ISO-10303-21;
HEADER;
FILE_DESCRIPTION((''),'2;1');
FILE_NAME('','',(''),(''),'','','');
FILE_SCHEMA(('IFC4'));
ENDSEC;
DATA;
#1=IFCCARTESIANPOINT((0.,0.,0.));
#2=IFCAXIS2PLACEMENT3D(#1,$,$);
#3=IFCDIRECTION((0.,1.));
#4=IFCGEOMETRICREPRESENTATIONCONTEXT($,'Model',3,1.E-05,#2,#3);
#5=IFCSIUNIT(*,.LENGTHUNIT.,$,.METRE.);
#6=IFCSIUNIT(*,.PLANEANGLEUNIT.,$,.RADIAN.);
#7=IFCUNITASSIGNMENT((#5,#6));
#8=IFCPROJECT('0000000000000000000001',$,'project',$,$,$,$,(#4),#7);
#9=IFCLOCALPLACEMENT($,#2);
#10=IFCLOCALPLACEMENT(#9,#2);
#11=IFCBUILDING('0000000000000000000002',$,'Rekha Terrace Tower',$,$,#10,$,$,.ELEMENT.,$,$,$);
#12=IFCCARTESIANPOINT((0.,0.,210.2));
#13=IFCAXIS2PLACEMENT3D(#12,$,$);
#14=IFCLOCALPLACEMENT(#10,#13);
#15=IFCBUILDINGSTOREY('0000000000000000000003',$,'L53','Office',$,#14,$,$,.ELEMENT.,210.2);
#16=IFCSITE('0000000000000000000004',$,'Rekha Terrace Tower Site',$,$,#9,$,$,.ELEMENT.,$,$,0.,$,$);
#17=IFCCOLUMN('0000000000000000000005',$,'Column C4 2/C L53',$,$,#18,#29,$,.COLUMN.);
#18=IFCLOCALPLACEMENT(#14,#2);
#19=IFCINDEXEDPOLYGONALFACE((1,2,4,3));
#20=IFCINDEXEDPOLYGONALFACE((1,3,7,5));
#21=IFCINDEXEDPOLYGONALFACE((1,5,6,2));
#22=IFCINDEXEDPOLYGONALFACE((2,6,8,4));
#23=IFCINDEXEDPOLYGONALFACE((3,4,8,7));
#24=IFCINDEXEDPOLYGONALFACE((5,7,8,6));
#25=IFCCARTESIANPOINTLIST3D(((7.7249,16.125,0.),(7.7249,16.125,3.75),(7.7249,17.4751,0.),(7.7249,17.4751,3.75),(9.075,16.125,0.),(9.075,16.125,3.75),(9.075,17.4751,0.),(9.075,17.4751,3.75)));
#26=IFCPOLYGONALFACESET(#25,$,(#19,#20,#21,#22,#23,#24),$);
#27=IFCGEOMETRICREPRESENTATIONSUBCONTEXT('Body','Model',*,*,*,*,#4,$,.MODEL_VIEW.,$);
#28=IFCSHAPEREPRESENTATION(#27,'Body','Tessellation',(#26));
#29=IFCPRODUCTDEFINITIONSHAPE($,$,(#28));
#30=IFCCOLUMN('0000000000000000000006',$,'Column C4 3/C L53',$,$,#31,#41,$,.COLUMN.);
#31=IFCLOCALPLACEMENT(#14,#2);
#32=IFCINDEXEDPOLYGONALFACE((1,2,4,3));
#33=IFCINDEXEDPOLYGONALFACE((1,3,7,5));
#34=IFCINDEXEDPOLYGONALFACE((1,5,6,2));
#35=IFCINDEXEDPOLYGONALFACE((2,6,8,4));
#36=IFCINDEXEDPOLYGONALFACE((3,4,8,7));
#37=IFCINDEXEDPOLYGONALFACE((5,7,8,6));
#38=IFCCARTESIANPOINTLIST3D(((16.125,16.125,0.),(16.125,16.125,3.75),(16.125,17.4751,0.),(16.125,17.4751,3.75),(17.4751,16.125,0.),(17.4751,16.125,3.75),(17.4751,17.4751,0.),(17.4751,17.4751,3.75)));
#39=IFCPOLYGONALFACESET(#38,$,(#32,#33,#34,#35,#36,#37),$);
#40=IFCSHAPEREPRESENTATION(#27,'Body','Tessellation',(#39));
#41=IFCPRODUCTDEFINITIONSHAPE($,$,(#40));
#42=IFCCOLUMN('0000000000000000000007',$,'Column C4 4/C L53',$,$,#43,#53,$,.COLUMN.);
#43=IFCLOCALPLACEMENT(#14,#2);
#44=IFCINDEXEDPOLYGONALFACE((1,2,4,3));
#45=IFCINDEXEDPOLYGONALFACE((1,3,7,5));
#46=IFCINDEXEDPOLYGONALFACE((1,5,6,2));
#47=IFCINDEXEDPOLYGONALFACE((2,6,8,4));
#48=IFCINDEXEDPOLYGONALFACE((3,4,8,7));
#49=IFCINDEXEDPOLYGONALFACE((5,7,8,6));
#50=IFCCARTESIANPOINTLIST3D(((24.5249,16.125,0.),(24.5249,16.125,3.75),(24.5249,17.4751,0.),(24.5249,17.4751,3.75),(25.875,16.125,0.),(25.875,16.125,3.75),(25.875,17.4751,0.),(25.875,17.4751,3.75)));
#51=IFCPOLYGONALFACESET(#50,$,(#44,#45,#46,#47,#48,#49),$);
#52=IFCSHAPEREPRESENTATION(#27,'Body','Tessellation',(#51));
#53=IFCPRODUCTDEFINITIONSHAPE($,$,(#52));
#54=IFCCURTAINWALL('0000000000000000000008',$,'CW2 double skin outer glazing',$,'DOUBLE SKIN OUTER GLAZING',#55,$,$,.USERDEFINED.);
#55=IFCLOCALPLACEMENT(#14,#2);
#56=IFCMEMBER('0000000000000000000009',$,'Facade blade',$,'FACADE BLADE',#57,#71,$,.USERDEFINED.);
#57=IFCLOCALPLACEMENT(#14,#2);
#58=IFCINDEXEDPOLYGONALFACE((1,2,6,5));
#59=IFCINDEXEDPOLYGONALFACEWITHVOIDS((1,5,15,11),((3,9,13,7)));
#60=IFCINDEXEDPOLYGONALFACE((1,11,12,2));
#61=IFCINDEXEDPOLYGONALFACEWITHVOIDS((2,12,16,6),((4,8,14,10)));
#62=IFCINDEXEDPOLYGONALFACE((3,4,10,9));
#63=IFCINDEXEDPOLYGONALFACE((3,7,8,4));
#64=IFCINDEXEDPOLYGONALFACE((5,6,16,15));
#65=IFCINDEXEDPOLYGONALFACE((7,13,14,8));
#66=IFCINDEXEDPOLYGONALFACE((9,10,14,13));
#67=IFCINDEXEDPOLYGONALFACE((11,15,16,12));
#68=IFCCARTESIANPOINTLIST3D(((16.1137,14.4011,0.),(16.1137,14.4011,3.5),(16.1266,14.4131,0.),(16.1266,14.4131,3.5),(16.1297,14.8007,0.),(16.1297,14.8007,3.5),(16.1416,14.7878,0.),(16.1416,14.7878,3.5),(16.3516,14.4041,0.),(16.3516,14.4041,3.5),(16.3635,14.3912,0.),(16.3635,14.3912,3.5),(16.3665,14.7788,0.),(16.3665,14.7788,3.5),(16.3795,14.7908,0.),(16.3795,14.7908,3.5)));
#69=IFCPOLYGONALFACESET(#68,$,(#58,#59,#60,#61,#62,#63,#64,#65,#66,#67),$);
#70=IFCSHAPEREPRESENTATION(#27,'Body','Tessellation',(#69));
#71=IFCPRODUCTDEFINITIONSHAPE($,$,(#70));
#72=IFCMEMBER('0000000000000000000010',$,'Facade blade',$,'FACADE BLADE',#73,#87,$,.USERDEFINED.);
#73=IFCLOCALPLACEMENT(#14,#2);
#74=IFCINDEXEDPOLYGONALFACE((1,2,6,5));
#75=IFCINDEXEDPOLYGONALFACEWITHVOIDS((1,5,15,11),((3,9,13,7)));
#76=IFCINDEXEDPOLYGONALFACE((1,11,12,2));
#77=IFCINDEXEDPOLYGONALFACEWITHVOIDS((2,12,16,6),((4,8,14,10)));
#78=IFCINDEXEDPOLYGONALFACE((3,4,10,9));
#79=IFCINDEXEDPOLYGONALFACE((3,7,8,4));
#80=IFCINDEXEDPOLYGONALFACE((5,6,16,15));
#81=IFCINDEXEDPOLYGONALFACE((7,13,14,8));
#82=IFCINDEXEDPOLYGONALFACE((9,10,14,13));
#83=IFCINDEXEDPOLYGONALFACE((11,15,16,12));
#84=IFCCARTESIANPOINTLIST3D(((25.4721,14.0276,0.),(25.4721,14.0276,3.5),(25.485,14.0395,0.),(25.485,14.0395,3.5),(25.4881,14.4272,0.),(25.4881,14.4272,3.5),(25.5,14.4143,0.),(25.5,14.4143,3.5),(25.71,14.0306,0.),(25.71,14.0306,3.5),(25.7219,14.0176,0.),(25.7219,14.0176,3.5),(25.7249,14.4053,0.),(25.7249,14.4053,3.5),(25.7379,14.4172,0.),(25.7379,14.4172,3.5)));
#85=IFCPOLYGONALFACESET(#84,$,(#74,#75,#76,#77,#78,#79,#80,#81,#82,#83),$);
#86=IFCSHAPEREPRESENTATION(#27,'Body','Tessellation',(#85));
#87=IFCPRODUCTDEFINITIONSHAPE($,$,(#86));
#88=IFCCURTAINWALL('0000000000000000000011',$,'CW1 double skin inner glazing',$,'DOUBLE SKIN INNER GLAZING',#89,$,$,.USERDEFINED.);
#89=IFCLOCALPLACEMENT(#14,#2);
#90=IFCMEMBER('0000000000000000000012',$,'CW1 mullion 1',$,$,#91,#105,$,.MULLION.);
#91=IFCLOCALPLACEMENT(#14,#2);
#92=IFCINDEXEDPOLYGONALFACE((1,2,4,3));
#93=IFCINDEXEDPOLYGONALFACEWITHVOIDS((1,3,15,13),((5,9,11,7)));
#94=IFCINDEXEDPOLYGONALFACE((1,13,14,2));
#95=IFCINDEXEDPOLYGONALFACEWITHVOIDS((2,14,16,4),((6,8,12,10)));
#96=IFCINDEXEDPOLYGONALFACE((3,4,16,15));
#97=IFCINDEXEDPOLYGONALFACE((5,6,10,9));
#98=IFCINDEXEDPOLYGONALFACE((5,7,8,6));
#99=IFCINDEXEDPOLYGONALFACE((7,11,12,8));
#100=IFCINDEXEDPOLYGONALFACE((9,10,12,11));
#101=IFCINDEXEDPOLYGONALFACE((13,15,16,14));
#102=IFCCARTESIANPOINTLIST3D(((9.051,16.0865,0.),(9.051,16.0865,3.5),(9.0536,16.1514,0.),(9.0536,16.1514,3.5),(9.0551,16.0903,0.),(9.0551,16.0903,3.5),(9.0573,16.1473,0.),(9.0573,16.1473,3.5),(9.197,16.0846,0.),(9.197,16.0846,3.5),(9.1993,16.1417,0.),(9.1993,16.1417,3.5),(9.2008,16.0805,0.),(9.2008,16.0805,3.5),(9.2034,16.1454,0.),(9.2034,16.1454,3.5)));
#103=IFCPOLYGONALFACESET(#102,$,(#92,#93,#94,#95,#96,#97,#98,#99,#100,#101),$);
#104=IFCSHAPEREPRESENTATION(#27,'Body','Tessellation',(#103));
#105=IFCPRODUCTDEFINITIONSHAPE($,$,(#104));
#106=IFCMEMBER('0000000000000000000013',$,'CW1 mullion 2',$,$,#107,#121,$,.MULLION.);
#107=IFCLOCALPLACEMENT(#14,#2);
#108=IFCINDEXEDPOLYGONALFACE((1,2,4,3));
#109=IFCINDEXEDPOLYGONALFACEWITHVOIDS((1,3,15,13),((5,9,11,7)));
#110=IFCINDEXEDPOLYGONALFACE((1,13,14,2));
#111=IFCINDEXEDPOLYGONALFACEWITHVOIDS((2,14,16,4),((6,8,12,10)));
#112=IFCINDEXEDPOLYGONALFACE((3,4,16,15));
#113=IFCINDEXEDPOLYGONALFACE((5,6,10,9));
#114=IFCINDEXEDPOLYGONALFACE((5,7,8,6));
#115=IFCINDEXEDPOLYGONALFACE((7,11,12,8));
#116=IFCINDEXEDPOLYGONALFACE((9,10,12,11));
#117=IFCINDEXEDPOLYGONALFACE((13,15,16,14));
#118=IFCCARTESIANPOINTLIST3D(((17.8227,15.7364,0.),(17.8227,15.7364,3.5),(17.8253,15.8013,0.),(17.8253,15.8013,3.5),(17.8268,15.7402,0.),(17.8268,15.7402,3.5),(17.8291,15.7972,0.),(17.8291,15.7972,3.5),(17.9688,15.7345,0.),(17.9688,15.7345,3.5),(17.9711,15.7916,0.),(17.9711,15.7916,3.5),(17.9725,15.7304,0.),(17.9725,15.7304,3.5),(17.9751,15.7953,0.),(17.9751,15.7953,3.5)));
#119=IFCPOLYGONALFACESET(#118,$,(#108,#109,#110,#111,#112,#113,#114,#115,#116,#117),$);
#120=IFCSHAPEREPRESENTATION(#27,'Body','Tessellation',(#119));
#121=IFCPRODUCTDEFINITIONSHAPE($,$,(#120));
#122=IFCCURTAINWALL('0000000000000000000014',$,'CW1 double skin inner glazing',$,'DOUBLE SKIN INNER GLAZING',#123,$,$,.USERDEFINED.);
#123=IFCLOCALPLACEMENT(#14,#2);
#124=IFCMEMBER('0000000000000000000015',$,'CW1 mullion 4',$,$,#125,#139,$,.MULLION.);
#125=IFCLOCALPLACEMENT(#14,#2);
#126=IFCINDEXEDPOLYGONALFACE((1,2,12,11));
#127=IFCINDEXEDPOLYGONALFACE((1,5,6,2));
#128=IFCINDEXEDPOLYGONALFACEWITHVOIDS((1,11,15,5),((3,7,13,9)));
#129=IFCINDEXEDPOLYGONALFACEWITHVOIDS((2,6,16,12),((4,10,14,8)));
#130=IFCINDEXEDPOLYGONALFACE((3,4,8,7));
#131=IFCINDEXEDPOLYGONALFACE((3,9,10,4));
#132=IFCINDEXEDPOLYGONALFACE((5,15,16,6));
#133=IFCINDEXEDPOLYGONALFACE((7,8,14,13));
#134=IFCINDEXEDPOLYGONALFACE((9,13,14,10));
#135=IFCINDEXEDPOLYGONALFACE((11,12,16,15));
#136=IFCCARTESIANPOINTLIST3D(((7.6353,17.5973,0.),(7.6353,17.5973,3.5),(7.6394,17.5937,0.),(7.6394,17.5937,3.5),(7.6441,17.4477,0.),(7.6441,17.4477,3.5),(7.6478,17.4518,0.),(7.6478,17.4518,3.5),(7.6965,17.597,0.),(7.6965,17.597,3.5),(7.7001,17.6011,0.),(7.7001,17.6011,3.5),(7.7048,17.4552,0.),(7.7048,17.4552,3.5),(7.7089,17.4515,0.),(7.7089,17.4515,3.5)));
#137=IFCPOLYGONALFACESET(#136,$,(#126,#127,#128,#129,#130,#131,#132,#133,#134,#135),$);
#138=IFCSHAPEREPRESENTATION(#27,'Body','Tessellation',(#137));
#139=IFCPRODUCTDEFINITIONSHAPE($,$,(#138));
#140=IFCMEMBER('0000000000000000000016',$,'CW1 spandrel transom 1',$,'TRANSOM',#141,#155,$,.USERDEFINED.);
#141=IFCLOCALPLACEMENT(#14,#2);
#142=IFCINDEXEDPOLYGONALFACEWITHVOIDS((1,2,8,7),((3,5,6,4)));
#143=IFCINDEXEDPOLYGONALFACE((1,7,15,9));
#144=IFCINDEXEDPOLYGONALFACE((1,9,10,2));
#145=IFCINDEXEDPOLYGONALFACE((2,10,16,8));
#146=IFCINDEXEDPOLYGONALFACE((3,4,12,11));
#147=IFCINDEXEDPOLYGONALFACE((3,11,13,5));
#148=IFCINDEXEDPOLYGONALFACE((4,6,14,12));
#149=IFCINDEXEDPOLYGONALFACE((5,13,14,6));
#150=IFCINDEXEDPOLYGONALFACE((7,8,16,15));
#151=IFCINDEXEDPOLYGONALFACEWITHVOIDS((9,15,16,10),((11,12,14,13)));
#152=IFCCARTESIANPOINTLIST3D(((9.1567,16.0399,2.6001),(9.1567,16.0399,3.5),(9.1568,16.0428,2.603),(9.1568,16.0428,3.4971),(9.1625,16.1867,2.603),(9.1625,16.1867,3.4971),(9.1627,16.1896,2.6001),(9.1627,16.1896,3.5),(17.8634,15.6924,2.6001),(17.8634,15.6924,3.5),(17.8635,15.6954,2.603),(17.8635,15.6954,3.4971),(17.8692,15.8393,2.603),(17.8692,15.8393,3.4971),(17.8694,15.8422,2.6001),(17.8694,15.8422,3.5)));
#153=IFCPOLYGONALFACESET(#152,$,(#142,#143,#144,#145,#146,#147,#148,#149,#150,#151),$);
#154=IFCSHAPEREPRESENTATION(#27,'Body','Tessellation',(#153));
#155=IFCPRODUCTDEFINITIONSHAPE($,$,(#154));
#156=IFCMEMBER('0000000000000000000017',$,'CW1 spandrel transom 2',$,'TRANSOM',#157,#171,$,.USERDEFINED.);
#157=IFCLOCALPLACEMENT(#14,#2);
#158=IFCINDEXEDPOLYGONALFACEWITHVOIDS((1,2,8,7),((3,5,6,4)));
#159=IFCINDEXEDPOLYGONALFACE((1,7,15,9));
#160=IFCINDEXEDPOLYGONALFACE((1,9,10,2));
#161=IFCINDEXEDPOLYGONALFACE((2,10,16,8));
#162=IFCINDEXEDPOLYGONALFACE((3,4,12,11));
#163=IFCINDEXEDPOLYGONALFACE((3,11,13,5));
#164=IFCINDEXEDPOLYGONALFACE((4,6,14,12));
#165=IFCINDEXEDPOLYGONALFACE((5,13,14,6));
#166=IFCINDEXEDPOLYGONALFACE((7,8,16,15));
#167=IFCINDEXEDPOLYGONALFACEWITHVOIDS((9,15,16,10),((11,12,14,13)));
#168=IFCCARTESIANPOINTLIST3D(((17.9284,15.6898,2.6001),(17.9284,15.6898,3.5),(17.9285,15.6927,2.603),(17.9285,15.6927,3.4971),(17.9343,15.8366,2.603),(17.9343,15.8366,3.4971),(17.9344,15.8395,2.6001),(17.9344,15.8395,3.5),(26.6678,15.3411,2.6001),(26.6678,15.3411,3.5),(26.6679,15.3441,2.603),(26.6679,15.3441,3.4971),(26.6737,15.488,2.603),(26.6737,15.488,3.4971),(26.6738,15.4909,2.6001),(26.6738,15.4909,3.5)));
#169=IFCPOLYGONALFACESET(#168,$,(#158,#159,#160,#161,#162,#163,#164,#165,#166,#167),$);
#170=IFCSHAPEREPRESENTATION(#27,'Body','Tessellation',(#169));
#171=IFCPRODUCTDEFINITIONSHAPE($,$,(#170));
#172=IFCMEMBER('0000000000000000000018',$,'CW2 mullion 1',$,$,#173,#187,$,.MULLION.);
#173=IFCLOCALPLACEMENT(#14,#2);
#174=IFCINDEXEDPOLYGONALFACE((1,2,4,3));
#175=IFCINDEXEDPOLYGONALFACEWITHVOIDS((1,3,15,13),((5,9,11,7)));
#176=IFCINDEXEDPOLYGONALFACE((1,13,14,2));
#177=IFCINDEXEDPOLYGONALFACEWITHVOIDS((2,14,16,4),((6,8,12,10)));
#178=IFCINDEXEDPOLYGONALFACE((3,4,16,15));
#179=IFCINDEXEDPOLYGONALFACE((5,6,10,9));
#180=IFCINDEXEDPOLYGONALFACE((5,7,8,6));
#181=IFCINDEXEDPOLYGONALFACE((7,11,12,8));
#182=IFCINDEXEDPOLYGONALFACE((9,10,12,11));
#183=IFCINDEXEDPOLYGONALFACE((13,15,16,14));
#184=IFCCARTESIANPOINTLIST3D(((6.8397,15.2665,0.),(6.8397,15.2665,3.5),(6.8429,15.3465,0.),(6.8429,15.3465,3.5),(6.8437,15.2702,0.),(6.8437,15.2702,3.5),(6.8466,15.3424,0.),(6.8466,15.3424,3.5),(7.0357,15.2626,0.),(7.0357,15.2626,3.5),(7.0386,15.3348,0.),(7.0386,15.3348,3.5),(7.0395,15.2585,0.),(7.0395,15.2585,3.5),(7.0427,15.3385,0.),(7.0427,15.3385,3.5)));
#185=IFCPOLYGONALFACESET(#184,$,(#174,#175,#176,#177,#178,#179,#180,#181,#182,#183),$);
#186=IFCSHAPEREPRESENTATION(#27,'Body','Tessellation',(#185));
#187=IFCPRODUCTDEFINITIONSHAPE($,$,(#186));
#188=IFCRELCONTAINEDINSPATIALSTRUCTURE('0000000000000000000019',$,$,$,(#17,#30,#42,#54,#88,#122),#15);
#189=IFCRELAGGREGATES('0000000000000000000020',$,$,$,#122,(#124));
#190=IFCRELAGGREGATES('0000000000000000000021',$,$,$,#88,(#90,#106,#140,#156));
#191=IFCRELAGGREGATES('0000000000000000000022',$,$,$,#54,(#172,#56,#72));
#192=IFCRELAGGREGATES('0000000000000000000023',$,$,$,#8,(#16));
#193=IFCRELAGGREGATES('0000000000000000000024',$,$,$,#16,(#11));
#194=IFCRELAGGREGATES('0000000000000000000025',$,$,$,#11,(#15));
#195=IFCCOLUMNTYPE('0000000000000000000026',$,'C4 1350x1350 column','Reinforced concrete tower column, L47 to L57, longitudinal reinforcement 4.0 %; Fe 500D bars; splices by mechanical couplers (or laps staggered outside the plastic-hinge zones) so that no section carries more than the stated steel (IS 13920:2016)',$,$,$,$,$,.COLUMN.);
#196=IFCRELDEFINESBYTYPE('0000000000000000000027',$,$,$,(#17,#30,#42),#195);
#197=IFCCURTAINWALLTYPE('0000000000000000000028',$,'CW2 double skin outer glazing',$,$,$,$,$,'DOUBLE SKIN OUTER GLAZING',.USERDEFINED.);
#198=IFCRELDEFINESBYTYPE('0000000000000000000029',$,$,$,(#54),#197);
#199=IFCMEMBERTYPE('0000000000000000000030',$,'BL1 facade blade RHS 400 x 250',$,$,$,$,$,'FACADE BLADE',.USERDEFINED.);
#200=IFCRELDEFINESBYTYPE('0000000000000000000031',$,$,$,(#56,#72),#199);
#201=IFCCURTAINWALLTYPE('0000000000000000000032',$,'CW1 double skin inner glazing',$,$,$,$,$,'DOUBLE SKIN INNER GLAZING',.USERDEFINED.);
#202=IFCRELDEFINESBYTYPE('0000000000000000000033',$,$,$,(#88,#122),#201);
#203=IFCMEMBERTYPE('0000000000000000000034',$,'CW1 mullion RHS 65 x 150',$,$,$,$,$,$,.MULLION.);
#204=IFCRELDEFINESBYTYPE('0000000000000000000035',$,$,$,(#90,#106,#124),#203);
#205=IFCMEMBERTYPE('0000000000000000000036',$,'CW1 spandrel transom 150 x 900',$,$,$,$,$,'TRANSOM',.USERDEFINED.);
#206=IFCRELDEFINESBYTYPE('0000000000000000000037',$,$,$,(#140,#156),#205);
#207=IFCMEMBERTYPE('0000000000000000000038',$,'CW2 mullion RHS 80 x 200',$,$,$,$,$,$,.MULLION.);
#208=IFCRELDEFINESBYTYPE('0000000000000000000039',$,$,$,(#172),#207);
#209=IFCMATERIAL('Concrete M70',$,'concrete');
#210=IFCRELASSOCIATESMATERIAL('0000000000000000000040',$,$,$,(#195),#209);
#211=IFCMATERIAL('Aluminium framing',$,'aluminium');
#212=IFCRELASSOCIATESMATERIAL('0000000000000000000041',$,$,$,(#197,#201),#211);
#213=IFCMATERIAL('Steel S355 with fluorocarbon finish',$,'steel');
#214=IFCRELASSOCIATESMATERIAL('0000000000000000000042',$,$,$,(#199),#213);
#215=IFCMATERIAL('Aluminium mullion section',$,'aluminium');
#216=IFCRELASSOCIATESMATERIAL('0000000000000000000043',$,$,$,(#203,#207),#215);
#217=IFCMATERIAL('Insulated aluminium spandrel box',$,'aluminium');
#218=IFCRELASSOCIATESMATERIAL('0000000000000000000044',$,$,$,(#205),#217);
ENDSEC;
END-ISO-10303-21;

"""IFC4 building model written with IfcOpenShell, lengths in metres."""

from ifc_helpers import new_model, si_unit, direction, frame, origin, origin_2d, place, context, subcontext, project, spatial, rectangle, hollow_rectangle, extrude, material, material_profile, profile_set, type_object, element, aggregate, save


model = new_model("IFC4")

# Units and contexts
model_context = context("Model", 3, precision=1e-05, world=origin(), true_north=direction((0.0, 1.0)))
body_context = subcontext(model_context, "Body", "Model", "MODEL_VIEW")
ifc_project = project(units=[si_unit("LENGTHUNIT", "METRE"), si_unit("PLANEANGLEUNIT", "RADIAN")], contexts=[model_context])

# Site, building, storey
site_placement = place(None, origin())
site = spatial("IfcSite", under=ifc_project, at=site_placement, Name="Rekha Terrace Tower Site", CompositionType="ELEMENT", RefElevation=0.0)
building_placement = place(site_placement, origin())
building = spatial("IfcBuilding", under=site, at=building_placement, Name="Rekha Terrace Tower", CompositionType="ELEMENT")
storey_placement = place(building_placement, frame((0.0, 0.0, 210.2)))
storey = spatial("IfcBuildingStorey", under=building, at=storey_placement, Name="L53", Description="Office", CompositionType="ELEMENT", Elevation=210.2)

# Columns
ifc_material_1 = material(Name="Concrete M70", Category="concrete")
ifc_material_profile_1 = material_profile(ifc_material_1, rectangle(XDim=1.3501, YDim=1.3501, at=origin_2d()), Name="RC 1350x1350")
ifc_profile_set_1 = profile_set([ifc_material_profile_1], Name="Concrete M70")
column_type = type_object("IfcColumnType", Name="C4 1350x1350 column", Description="Reinforced concrete tower column, L47 to L57, longitudinal reinforcement 4.0 %; Fe 500D bars; splices by mechanical couplers (or laps staggered outside the plastic-hinge zones) so that no section carries more than the stated steel (IS 13920:2016)", PredefinedType="COLUMN", material=ifc_profile_set_1)
for number, where, z_axis, x_axis, name in (
    (1, (8.3999, 16.8, 0.0), (0.0, 0.0, 1.0), (1.0, 0.0, 0.0), "Column C4 2/C L53"),
    (2, (16.8, 16.8, 0.0), (0.0, 0.0, 1.0), (1.0, 0.0, 0.0), "Column C4 3/C L53"),
    (3, (25.2, 16.8, 0.0), (0.0, 0.0, 1.0), (1.0, 0.0, 0.0), "Column C4 4/C L53"),
):
    element("IfcColumn", number, at=place(storey_placement, frame(where, z_axis=z_axis, x_axis=x_axis)), inside=storey, type_object=column_type, Name=name, PredefinedType="COLUMN", context=body_context, shape_type="SweptSolid", body=[
        extrude(rectangle(XDim=1.3501, YDim=1.3501, at=origin_2d()), origin(), (0.0, 0.0, 1.0), 3.75),
    ])

# Curtain walls, members
ifc_material_2 = material(Name="Aluminium framing", Category="aluminium")
curtain_wall_type_1 = type_object("IfcCurtainWallType", Name="CW2 double skin outer glazing", ElementType="DOUBLE SKIN OUTER GLAZING", PredefinedType="USERDEFINED", material=ifc_material_2)
curtain_wall_1_placement = place(storey_placement, origin())
curtain_wall_1 = element("IfcCurtainWall", 4, at=curtain_wall_1_placement, inside=storey, type_object=curtain_wall_type_1, Name="CW2 double skin outer glazing", ObjectType="DOUBLE SKIN OUTER GLAZING", PredefinedType="USERDEFINED")
ifc_material_3 = material(Name="Steel S355 with fluorocarbon finish", Category="steel")
ifc_material_profile_2 = material_profile(ifc_material_3, hollow_rectangle(XDim=0.25, YDim=0.3999, WallThickness=0.0125, at=origin_2d()), Name="RHS400x250x12.5")
ifc_profile_set_2 = profile_set([ifc_material_profile_2], Name="Steel S355 with fluorocarbon finish")
member_type_1 = type_object("IfcMemberType", Name="BL1 facade blade RHS 400 x 250", ElementType="FACADE BLADE", PredefinedType="USERDEFINED", material=ifc_profile_set_2)
member_1_placement = place(storey_placement, frame((16.2466, 14.5959, 0.0), z_axis=(0.0, 0.0, 1.0), x_axis=(0.999205, -0.039872, 0.0)))
member_1 = element("IfcMember", 5, at=member_1_placement, type_object=member_type_1, Name="Facade blade", ObjectType="FACADE BLADE", PredefinedType="USERDEFINED", context=body_context, shape_type="SweptSolid", body=[
    extrude(hollow_rectangle(XDim=0.25, YDim=0.3999, WallThickness=0.0125, at=origin_2d()), origin(), (0.0, 0.0, 1.0), 3.5),
])
member_2_placement = place(storey_placement, frame((25.605, 14.2224, 0.0), z_axis=(0.0, 0.0, 1.0), x_axis=(0.999205, -0.039872, 0.0)))
member_2 = element("IfcMember", 6, at=member_2_placement, type_object=member_type_1, Name="Facade blade", ObjectType="FACADE BLADE", PredefinedType="USERDEFINED", context=body_context, shape_type="SweptSolid", body=[
    extrude(hollow_rectangle(XDim=0.25, YDim=0.3999, WallThickness=0.0125, at=origin_2d()), origin(), (0.0, 0.0, 1.0), 3.5),
])
curtain_wall_type_2 = type_object("IfcCurtainWallType", Name="CW1 double skin inner glazing", ElementType="DOUBLE SKIN INNER GLAZING", PredefinedType="USERDEFINED", material=ifc_material_2)
curtain_wall_2_placement = place(storey_placement, origin())
curtain_wall_2 = element("IfcCurtainWall", 7, at=curtain_wall_2_placement, inside=storey, type_object=curtain_wall_type_2, Name="CW1 double skin inner glazing", ObjectType="DOUBLE SKIN INNER GLAZING", PredefinedType="USERDEFINED")
ifc_material_4 = material(Name="Aluminium mullion section", Category="aluminium")
ifc_material_profile_3 = material_profile(ifc_material_4, hollow_rectangle(XDim=0.0649, YDim=0.1499, WallThickness=0.0039, at=origin_2d()), Name="AL RHS 65x150")
ifc_profile_set_3 = profile_set([ifc_material_profile_3], Name="Aluminium mullion section")
member_type_2 = type_object("IfcMemberType", Name="CW1 mullion RHS 65 x 150", PredefinedType="MULLION", material=ifc_profile_set_3)
member_3_placement = place(storey_placement, frame((9.1272, 16.116, 0.0), z_axis=(0.0, 0.0, 1.0), x_axis=(0.039872, 0.999205, 0.0)))
member_3 = element("IfcMember", 8, at=member_3_placement, type_object=member_type_2, Name="CW1 mullion 1", PredefinedType="MULLION", context=body_context, shape_type="SweptSolid", body=[
    extrude(hollow_rectangle(XDim=0.0649, YDim=0.1499, WallThickness=0.0039, at=origin_2d()), origin(), (0.0, 0.0, 1.0), 3.5),
])
member_4_placement = place(storey_placement, frame((17.8989, 15.7659, 0.0), z_axis=(0.0, 0.0, 1.0), x_axis=(0.039872, 0.999205, 0.0)))
member_4 = element("IfcMember", 9, at=member_4_placement, type_object=member_type_2, Name="CW1 mullion 2", PredefinedType="MULLION", context=body_context, shape_type="SweptSolid", body=[
    extrude(hollow_rectangle(XDim=0.0649, YDim=0.1499, WallThickness=0.0039, at=origin_2d()), origin(), (0.0, 0.0, 1.0), 3.5),
])

# Curtain wall, member
curtain_wall_3_placement = place(storey_placement, origin())
curtain_wall_3 = element("IfcCurtainWall", 10, at=curtain_wall_3_placement, inside=storey, type_object=curtain_wall_type_2, Name="CW1 double skin inner glazing", ObjectType="DOUBLE SKIN INNER GLAZING", PredefinedType="USERDEFINED")
member_5_placement = place(storey_placement, frame((7.6721, 17.5244, 0.0), z_axis=(0.0, 0.0, 1.0), x_axis=(0.998272, 0.058765, 0.0)))
member_5 = element("IfcMember", 11, at=member_5_placement, type_object=member_type_2, Name="CW1 mullion 4", PredefinedType="MULLION", context=body_context, shape_type="SweptSolid", body=[
    extrude(hollow_rectangle(XDim=0.0649, YDim=0.1499, WallThickness=0.0039, at=origin_2d()), origin(), (0.0, 0.0, 1.0), 3.5),
])
aggregate(curtain_wall_3, [member_5])

# Members
ifc_material_5 = material(Name="Insulated aluminium spandrel box", Category="aluminium")
ifc_material_profile_4 = material_profile(ifc_material_5, hollow_rectangle(XDim=0.1499, YDim=0.8999, WallThickness=0.0029, at=origin_2d()), Name="AL SPANDREL BOX 150x900")
ifc_profile_set_4 = profile_set([ifc_material_profile_4], Name="Insulated aluminium spandrel box")
member_type_3 = type_object("IfcMemberType", Name="CW1 spandrel transom 150 x 900", ElementType="TRANSOM", PredefinedType="USERDEFINED", material=ifc_profile_set_4)
member_6_placement = place(storey_placement, frame((9.1597, 16.1147, 3.05), z_axis=(0.999205, -0.03987, 0.0), x_axis=(0.03987, 0.999205, 0.0)))
member_6 = element("IfcMember", 12, at=member_6_placement, type_object=member_type_3, Name="CW1 spandrel transom 1", ObjectType="TRANSOM", PredefinedType="USERDEFINED", context=body_context, shape_type="SweptSolid", body=[
    extrude(hollow_rectangle(XDim=0.1499, YDim=0.8999, WallThickness=0.0029, at=origin_2d()), origin(), (0.0, 0.0, 1.0), 8.7136),
])
member_7_placement = place(storey_placement, frame((17.9314, 15.7646, 3.05), z_axis=(0.999205, -0.03986, 0.0), x_axis=(0.03986, 0.999205, 0.0)))
member_7 = element("IfcMember", 13, at=member_7_placement, type_object=member_type_3, Name="CW1 spandrel transom 2", ObjectType="TRANSOM", PredefinedType="USERDEFINED", context=body_context, shape_type="SweptSolid", body=[
    extrude(hollow_rectangle(XDim=0.1499, YDim=0.8999, WallThickness=0.0029, at=origin_2d()), origin(), (0.0, 0.0, 1.0), 8.7463),
])
ifc_material_profile_5 = material_profile(ifc_material_4, hollow_rectangle(XDim=0.0801, YDim=0.2, WallThickness=0.0039, at=origin_2d()), Name="AL RHS 80x200")
ifc_profile_set_5 = profile_set([ifc_material_profile_5], Name="Aluminium mullion section")
member_type_4 = type_object("IfcMemberType", Name="CW2 mullion RHS 80 x 200", PredefinedType="MULLION", material=ifc_profile_set_5)
member_8_placement = place(storey_placement, frame((6.9412, 15.3025, 0.0), z_axis=(0.0, 0.0, 1.0), x_axis=(0.039872, 0.999205, 0.0)))
member_8 = element("IfcMember", 14, at=member_8_placement, type_object=member_type_4, Name="CW2 mullion 1", PredefinedType="MULLION", context=body_context, shape_type="SweptSolid", body=[
    extrude(hollow_rectangle(XDim=0.0801, YDim=0.2, WallThickness=0.0039, at=origin_2d()), origin(), (0.0, 0.0, 1.0), 3.5),
])

aggregate(curtain_wall_2, [member_3, member_4, member_6, member_7])
aggregate(curtain_wall_1, [member_8, member_1, member_2])

save(model, "model.ifc")
